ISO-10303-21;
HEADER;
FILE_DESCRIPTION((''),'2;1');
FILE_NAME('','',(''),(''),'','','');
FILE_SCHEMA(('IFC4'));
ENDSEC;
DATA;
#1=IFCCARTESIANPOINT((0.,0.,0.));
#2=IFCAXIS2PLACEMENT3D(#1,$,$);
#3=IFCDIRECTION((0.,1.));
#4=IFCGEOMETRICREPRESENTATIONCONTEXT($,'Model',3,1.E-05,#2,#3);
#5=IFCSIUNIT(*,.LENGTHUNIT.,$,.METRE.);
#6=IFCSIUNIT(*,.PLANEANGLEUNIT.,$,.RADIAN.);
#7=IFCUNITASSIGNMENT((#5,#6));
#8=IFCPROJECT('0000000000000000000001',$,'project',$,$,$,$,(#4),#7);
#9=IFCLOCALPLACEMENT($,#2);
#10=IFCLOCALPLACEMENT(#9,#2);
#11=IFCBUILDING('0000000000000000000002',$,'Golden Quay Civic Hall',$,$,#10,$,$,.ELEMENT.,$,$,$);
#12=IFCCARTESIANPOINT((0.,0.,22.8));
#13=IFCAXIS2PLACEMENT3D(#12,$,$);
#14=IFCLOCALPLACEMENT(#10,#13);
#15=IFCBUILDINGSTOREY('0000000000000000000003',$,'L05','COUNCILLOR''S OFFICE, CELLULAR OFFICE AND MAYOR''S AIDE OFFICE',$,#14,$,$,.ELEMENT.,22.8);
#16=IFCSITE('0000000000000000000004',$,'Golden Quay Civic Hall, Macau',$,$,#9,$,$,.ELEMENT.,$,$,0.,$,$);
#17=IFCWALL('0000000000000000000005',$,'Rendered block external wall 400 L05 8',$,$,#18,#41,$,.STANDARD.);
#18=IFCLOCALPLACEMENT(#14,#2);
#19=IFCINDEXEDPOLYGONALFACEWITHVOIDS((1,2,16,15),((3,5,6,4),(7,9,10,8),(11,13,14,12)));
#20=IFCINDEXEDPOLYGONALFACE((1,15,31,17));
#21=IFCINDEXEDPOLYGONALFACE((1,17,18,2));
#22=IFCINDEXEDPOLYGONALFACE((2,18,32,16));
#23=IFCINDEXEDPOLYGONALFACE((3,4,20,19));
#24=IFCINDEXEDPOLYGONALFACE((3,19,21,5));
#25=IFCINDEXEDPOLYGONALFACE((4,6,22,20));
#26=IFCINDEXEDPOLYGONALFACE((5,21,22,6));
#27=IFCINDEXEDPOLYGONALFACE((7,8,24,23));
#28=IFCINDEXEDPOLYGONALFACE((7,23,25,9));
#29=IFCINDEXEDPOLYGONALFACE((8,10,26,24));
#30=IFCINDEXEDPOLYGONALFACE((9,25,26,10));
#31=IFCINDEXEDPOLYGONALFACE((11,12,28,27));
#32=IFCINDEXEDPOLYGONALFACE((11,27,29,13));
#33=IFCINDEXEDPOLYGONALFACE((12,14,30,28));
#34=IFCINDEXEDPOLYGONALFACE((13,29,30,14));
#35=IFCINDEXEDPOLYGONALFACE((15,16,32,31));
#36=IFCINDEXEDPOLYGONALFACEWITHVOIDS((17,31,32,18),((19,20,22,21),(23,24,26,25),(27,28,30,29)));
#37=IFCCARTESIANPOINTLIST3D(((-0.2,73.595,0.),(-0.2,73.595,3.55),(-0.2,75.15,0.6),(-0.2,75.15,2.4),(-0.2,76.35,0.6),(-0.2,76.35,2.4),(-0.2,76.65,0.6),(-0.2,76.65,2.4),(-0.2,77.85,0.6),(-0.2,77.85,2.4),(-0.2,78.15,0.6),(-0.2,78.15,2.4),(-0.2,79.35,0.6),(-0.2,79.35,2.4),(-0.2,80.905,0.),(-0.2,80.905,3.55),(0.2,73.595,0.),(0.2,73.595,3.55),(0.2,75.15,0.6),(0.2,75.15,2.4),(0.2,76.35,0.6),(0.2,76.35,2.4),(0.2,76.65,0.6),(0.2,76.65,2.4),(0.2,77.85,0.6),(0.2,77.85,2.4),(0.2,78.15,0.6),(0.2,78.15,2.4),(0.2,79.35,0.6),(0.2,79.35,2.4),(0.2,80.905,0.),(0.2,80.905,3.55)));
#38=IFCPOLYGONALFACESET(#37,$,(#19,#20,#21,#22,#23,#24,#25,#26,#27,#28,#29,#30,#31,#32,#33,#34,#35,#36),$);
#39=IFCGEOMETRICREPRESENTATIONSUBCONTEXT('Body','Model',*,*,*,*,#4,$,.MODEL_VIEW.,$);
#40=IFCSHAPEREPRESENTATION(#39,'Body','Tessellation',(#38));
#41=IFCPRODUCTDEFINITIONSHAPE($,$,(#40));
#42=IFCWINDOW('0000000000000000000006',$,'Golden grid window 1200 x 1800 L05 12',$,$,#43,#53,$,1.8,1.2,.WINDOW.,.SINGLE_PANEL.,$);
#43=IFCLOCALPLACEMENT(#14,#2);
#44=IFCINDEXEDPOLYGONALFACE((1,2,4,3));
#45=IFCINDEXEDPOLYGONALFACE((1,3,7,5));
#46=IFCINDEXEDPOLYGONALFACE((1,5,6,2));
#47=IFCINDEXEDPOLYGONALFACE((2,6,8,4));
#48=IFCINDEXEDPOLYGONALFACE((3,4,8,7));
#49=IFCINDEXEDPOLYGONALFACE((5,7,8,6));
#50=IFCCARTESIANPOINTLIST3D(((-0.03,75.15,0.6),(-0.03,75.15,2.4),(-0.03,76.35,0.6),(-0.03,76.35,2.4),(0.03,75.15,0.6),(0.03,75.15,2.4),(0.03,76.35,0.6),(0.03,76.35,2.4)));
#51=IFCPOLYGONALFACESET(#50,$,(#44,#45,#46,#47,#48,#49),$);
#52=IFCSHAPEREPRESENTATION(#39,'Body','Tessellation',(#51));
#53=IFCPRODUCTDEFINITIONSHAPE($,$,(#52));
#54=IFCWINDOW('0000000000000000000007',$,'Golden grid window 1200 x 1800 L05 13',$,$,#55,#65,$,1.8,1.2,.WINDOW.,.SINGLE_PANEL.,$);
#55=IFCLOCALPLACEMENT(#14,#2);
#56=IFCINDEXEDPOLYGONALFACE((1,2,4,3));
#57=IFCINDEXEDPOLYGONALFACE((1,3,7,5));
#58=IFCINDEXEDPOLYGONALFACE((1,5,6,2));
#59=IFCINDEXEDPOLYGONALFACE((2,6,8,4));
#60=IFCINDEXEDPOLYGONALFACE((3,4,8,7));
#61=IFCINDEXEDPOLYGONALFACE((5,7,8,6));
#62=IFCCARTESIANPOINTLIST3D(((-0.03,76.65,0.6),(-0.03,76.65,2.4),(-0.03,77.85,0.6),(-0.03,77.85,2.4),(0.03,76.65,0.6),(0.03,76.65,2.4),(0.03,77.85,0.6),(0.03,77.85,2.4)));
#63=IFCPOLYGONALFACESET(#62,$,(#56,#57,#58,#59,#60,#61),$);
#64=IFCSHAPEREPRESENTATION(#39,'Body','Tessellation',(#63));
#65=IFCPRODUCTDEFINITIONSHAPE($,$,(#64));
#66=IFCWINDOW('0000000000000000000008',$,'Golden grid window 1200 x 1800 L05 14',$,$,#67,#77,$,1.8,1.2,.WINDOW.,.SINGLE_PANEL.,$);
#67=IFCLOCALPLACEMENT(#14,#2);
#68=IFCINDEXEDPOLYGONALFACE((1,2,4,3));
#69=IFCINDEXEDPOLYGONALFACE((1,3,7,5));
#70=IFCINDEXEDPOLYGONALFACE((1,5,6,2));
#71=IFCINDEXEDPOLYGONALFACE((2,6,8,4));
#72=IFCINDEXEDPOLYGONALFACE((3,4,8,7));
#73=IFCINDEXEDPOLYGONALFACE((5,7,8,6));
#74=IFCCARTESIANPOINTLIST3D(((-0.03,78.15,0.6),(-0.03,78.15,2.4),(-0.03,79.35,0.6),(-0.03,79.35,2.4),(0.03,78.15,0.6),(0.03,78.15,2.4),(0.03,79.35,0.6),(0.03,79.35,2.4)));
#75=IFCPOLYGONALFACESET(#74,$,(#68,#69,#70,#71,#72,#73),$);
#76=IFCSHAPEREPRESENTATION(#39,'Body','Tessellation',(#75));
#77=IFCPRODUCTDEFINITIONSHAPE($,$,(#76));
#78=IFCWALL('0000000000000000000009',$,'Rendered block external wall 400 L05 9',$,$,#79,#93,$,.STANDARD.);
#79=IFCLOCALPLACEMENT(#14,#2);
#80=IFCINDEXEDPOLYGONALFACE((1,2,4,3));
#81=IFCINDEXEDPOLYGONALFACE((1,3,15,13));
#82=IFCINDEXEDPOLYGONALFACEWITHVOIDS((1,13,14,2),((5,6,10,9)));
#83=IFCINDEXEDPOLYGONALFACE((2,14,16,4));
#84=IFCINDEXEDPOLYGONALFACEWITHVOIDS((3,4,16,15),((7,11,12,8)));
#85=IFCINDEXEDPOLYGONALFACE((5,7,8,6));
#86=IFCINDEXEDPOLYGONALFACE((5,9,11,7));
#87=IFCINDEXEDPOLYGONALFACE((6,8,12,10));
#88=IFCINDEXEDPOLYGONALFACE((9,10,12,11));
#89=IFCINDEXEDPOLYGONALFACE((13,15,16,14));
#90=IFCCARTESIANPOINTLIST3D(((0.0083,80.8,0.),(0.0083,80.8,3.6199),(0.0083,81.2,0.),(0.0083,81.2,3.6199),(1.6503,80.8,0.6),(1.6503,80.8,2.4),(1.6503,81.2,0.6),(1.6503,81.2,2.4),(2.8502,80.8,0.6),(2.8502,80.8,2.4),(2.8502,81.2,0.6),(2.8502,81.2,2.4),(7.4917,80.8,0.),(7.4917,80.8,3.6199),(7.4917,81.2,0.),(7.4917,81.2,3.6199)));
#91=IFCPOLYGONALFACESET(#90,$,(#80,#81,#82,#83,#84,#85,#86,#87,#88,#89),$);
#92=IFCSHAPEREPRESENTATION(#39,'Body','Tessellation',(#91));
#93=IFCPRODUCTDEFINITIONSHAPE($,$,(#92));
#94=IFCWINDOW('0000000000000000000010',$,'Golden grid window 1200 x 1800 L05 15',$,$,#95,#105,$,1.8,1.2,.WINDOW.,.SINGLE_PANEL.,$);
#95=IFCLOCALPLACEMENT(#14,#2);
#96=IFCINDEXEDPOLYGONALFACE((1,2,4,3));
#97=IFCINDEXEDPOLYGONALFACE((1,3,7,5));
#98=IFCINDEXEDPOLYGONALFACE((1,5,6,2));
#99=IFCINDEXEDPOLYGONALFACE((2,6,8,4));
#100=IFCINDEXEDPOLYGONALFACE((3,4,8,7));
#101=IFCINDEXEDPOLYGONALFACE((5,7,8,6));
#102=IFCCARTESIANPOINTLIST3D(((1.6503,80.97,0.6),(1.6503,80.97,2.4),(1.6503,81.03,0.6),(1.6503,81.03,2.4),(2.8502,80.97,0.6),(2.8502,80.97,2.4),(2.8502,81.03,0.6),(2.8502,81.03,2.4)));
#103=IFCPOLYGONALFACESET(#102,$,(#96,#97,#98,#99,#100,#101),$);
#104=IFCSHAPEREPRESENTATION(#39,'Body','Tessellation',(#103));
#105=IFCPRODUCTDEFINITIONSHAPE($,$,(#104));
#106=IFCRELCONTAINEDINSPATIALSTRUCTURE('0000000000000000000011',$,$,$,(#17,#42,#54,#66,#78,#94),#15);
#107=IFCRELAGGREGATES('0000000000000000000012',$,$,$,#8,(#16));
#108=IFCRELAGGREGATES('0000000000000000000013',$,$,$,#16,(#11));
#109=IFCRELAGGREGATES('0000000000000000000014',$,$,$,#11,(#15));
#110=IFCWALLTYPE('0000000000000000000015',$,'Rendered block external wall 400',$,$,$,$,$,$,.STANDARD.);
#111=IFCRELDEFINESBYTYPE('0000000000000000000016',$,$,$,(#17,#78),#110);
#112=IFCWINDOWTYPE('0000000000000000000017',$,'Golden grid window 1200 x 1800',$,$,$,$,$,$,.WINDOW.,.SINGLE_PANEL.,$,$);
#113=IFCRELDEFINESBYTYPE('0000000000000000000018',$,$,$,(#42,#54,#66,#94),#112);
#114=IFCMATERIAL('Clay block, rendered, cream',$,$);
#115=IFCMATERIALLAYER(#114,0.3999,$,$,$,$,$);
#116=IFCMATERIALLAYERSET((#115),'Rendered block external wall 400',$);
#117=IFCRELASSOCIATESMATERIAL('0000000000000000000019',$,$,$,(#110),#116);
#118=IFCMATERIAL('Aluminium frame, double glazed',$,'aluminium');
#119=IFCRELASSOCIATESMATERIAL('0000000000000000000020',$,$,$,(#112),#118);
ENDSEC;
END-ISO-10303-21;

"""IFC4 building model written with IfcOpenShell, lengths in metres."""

from ifc_helpers import new_model, si_unit, direction, frame, frame_2d, origin, place, context, subcontext, project, spatial, rectangle, extrude, material, layer, layer_set, type_object, element, fill, save


model = new_model("IFC4")

# Units and contexts
model_context = context("Model", 3, precision=1e-05, world=origin(), true_north=direction((0.0, 1.0)))
body_context = subcontext(model_context, "Body", "Model", "MODEL_VIEW")
ifc_project = project(units=[si_unit("LENGTHUNIT", "METRE"), si_unit("PLANEANGLEUNIT", "RADIAN")], contexts=[model_context])

# Site, building, storey
site_placement = place(None, origin())
site = spatial("IfcSite", under=ifc_project, at=site_placement, Name="Golden Quay Civic Hall, Macau", CompositionType="ELEMENT", RefElevation=0.0)
building_placement = place(site_placement, origin())
building = spatial("IfcBuilding", under=site, at=building_placement, Name="Golden Quay Civic Hall", CompositionType="ELEMENT")
storey_placement = place(building_placement, frame((0.0, 0.0, 22.8)))
storey = spatial("IfcBuildingStorey", under=building, at=storey_placement, Name="L05", Description="COUNCILLOR'S OFFICE, CELLULAR OFFICE AND MAYOR'S AIDE OFFICE", CompositionType="ELEMENT", Elevation=22.8)

# Wall, openings, windows
ifc_material_1 = material(Name="Clay block, rendered, cream")
ifc_layer_1 = layer(ifc_material_1, 0.3999)
ifc_layer_set_1 = layer_set([ifc_layer_1], Name="Rendered block external wall 400")
wall_type_1 = type_object("IfcWallType", Name="Rendered block external wall 400", PredefinedType="STANDARD", material=ifc_layer_set_1)
wall_1_placement = place(storey_placement, frame((0.0, 73.595, 0.0), z_axis=(0.0, 0.0, 1.0), x_axis=(0.0, 1.0, 0.0)))
wall_1 = element("IfcWall", 1, at=wall_1_placement, inside=storey, type_object=wall_type_1, Name="Rendered block external wall 400 L05 8", PredefinedType="STANDARD", context=body_context, shape_type="SweptSolid", body=[
    extrude(rectangle(XDim=7.3101, YDim=0.3999, at=frame_2d((3.655, 0.0))), origin(), (0.0, 0.0, 1.0), 3.55),
])
opening_1_placement = place(wall_1_placement, frame((1.5549, 0.0, 0.6001)))
opening_1 = element("IfcOpeningElement", 2, at=opening_1_placement, cuts=wall_1, PredefinedType="OPENING", context=body_context, shape_type="SweptSolid", body=[
    extrude(rectangle(XDim=1.2, YDim=1.8, at=frame_2d((0.6001, 0.8999))), frame((0.0, 0.21, 0.0), z_axis=(0.0, -1.0, 0.0), x_axis=(1.0, 0.0, 0.0)), (0.0, 0.0, 1.0), 0.4199),
])
opening_2_placement = place(wall_1_placement, frame((3.0549, 0.0, 0.6001)))
opening_2 = element("IfcOpeningElement", 3, at=opening_2_placement, cuts=wall_1, PredefinedType="OPENING", context=body_context, shape_type="SweptSolid", body=[
    extrude(rectangle(XDim=1.2, YDim=1.8, at=frame_2d((0.6001, 0.8999))), frame((0.0, 0.21, 0.0), z_axis=(0.0, -1.0, 0.0), x_axis=(1.0, 0.0, 0.0)), (0.0, 0.0, 1.0), 0.4199),
])
opening_3_placement = place(wall_1_placement, frame((4.5549, 0.0, 0.6001)))
opening_3 = element("IfcOpeningElement", 4, at=opening_3_placement, cuts=wall_1, PredefinedType="OPENING", context=body_context, shape_type="SweptSolid", body=[
    extrude(rectangle(XDim=1.2, YDim=1.8, at=frame_2d((0.6001, 0.8999))), frame((0.0, 0.21, 0.0), z_axis=(0.0, -1.0, 0.0), x_axis=(1.0, 0.0, 0.0)), (0.0, 0.0, 1.0), 0.4199),
])
ifc_material_2 = material(Name="Aluminium frame, double glazed", Category="aluminium")
window_type = type_object("IfcWindowType", Name="Golden grid window 1200 x 1800", PartitioningType="SINGLE_PANEL", PredefinedType="WINDOW", material=ifc_material_2)
window_1_placement = place(opening_1_placement, origin())
window_1 = element("IfcWindow", 5, at=window_1_placement, inside=storey, type_object=window_type, Name="Golden grid window 1200 x 1800 L05 12", OverallHeight=1.8, OverallWidth=1.2, PartitioningType="SINGLE_PANEL", PredefinedType="WINDOW", context=body_context, shape_type="SweptSolid", body=[
    extrude(rectangle(XDim=1.2, YDim=1.8, at=frame_2d((0.6001, 0.8999))), frame((0.0, 0.03, 0.0), z_axis=(0.0, -1.0, 0.0), x_axis=(1.0, 0.0, 0.0)), (0.0, 0.0, 1.0), 0.0601),
])
fill(opening_1, window_1)
window_2_placement = place(opening_2_placement, origin())
window_2 = element("IfcWindow", 6, at=window_2_placement, inside=storey, type_object=window_type, Name="Golden grid window 1200 x 1800 L05 13", OverallHeight=1.8, OverallWidth=1.2, PartitioningType="SINGLE_PANEL", PredefinedType="WINDOW", context=body_context, shape_type="SweptSolid", body=[
    extrude(rectangle(XDim=1.2, YDim=1.8, at=frame_2d((0.6001, 0.8999))), frame((0.0, 0.03, 0.0), z_axis=(0.0, -1.0, 0.0), x_axis=(1.0, 0.0, 0.0)), (0.0, 0.0, 1.0), 0.0601),
])
fill(opening_2, window_2)
window_3_placement = place(opening_3_placement, origin())
window_3 = element("IfcWindow", 7, at=window_3_placement, inside=storey, type_object=window_type, Name="Golden grid window 1200 x 1800 L05 14", OverallHeight=1.8, OverallWidth=1.2, PartitioningType="SINGLE_PANEL", PredefinedType="WINDOW", context=body_context, shape_type="SweptSolid", body=[
    extrude(rectangle(XDim=1.2, YDim=1.8, at=frame_2d((0.6001, 0.8999))), frame((0.0, 0.03, 0.0), z_axis=(0.0, -1.0, 0.0), x_axis=(1.0, 0.0, 0.0)), (0.0, 0.0, 1.0), 0.0601),
])
fill(opening_3, window_3)

# Wall, opening, window
wall_2_placement = place(storey_placement, frame((0.0083, 81.0, 0.0), z_axis=(0.0, 0.0, 1.0), x_axis=(1.0, 0.0, 0.0)))
wall_2 = element("IfcWall", 8, at=wall_2_placement, inside=storey, type_object=wall_type_1, Name="Rendered block external wall 400 L05 9", PredefinedType="STANDARD", context=body_context, shape_type="SweptSolid", body=[
    extrude(rectangle(XDim=7.4834, YDim=0.3999, at=frame_2d((3.7417, 0.0))), origin(), (0.0, 0.0, 1.0), 3.6199),
])
opening_4_placement = place(wall_2_placement, frame((1.6418, 0.0, 0.6001)))
opening_4 = element("IfcOpeningElement", 9, at=opening_4_placement, cuts=wall_2, PredefinedType="OPENING", context=body_context, shape_type="SweptSolid", body=[
    extrude(rectangle(XDim=1.2, YDim=1.8, at=frame_2d((0.6001, 0.8999))), frame((0.0, 0.21, 0.0), z_axis=(0.0, -1.0, 0.0), x_axis=(1.0, 0.0, 0.0)), (0.0, 0.0, 1.0), 0.4199),
])
window_4_placement = place(opening_4_placement, origin())
window_4 = element("IfcWindow", 10, at=window_4_placement, inside=storey, type_object=window_type, Name="Golden grid window 1200 x 1800 L05 15", OverallHeight=1.8, OverallWidth=1.2, PartitioningType="SINGLE_PANEL", PredefinedType="WINDOW", context=body_context, shape_type="SweptSolid", body=[
    extrude(rectangle(XDim=1.2, YDim=1.8, at=frame_2d((0.6001, 0.8999))), frame((0.0, 0.03, 0.0), z_axis=(0.0, -1.0, 0.0), x_axis=(1.0, 0.0, 0.0)), (0.0, 0.0, 1.0), 0.0601),
])
fill(opening_4, window_4)

save(model, "model.ifc")
